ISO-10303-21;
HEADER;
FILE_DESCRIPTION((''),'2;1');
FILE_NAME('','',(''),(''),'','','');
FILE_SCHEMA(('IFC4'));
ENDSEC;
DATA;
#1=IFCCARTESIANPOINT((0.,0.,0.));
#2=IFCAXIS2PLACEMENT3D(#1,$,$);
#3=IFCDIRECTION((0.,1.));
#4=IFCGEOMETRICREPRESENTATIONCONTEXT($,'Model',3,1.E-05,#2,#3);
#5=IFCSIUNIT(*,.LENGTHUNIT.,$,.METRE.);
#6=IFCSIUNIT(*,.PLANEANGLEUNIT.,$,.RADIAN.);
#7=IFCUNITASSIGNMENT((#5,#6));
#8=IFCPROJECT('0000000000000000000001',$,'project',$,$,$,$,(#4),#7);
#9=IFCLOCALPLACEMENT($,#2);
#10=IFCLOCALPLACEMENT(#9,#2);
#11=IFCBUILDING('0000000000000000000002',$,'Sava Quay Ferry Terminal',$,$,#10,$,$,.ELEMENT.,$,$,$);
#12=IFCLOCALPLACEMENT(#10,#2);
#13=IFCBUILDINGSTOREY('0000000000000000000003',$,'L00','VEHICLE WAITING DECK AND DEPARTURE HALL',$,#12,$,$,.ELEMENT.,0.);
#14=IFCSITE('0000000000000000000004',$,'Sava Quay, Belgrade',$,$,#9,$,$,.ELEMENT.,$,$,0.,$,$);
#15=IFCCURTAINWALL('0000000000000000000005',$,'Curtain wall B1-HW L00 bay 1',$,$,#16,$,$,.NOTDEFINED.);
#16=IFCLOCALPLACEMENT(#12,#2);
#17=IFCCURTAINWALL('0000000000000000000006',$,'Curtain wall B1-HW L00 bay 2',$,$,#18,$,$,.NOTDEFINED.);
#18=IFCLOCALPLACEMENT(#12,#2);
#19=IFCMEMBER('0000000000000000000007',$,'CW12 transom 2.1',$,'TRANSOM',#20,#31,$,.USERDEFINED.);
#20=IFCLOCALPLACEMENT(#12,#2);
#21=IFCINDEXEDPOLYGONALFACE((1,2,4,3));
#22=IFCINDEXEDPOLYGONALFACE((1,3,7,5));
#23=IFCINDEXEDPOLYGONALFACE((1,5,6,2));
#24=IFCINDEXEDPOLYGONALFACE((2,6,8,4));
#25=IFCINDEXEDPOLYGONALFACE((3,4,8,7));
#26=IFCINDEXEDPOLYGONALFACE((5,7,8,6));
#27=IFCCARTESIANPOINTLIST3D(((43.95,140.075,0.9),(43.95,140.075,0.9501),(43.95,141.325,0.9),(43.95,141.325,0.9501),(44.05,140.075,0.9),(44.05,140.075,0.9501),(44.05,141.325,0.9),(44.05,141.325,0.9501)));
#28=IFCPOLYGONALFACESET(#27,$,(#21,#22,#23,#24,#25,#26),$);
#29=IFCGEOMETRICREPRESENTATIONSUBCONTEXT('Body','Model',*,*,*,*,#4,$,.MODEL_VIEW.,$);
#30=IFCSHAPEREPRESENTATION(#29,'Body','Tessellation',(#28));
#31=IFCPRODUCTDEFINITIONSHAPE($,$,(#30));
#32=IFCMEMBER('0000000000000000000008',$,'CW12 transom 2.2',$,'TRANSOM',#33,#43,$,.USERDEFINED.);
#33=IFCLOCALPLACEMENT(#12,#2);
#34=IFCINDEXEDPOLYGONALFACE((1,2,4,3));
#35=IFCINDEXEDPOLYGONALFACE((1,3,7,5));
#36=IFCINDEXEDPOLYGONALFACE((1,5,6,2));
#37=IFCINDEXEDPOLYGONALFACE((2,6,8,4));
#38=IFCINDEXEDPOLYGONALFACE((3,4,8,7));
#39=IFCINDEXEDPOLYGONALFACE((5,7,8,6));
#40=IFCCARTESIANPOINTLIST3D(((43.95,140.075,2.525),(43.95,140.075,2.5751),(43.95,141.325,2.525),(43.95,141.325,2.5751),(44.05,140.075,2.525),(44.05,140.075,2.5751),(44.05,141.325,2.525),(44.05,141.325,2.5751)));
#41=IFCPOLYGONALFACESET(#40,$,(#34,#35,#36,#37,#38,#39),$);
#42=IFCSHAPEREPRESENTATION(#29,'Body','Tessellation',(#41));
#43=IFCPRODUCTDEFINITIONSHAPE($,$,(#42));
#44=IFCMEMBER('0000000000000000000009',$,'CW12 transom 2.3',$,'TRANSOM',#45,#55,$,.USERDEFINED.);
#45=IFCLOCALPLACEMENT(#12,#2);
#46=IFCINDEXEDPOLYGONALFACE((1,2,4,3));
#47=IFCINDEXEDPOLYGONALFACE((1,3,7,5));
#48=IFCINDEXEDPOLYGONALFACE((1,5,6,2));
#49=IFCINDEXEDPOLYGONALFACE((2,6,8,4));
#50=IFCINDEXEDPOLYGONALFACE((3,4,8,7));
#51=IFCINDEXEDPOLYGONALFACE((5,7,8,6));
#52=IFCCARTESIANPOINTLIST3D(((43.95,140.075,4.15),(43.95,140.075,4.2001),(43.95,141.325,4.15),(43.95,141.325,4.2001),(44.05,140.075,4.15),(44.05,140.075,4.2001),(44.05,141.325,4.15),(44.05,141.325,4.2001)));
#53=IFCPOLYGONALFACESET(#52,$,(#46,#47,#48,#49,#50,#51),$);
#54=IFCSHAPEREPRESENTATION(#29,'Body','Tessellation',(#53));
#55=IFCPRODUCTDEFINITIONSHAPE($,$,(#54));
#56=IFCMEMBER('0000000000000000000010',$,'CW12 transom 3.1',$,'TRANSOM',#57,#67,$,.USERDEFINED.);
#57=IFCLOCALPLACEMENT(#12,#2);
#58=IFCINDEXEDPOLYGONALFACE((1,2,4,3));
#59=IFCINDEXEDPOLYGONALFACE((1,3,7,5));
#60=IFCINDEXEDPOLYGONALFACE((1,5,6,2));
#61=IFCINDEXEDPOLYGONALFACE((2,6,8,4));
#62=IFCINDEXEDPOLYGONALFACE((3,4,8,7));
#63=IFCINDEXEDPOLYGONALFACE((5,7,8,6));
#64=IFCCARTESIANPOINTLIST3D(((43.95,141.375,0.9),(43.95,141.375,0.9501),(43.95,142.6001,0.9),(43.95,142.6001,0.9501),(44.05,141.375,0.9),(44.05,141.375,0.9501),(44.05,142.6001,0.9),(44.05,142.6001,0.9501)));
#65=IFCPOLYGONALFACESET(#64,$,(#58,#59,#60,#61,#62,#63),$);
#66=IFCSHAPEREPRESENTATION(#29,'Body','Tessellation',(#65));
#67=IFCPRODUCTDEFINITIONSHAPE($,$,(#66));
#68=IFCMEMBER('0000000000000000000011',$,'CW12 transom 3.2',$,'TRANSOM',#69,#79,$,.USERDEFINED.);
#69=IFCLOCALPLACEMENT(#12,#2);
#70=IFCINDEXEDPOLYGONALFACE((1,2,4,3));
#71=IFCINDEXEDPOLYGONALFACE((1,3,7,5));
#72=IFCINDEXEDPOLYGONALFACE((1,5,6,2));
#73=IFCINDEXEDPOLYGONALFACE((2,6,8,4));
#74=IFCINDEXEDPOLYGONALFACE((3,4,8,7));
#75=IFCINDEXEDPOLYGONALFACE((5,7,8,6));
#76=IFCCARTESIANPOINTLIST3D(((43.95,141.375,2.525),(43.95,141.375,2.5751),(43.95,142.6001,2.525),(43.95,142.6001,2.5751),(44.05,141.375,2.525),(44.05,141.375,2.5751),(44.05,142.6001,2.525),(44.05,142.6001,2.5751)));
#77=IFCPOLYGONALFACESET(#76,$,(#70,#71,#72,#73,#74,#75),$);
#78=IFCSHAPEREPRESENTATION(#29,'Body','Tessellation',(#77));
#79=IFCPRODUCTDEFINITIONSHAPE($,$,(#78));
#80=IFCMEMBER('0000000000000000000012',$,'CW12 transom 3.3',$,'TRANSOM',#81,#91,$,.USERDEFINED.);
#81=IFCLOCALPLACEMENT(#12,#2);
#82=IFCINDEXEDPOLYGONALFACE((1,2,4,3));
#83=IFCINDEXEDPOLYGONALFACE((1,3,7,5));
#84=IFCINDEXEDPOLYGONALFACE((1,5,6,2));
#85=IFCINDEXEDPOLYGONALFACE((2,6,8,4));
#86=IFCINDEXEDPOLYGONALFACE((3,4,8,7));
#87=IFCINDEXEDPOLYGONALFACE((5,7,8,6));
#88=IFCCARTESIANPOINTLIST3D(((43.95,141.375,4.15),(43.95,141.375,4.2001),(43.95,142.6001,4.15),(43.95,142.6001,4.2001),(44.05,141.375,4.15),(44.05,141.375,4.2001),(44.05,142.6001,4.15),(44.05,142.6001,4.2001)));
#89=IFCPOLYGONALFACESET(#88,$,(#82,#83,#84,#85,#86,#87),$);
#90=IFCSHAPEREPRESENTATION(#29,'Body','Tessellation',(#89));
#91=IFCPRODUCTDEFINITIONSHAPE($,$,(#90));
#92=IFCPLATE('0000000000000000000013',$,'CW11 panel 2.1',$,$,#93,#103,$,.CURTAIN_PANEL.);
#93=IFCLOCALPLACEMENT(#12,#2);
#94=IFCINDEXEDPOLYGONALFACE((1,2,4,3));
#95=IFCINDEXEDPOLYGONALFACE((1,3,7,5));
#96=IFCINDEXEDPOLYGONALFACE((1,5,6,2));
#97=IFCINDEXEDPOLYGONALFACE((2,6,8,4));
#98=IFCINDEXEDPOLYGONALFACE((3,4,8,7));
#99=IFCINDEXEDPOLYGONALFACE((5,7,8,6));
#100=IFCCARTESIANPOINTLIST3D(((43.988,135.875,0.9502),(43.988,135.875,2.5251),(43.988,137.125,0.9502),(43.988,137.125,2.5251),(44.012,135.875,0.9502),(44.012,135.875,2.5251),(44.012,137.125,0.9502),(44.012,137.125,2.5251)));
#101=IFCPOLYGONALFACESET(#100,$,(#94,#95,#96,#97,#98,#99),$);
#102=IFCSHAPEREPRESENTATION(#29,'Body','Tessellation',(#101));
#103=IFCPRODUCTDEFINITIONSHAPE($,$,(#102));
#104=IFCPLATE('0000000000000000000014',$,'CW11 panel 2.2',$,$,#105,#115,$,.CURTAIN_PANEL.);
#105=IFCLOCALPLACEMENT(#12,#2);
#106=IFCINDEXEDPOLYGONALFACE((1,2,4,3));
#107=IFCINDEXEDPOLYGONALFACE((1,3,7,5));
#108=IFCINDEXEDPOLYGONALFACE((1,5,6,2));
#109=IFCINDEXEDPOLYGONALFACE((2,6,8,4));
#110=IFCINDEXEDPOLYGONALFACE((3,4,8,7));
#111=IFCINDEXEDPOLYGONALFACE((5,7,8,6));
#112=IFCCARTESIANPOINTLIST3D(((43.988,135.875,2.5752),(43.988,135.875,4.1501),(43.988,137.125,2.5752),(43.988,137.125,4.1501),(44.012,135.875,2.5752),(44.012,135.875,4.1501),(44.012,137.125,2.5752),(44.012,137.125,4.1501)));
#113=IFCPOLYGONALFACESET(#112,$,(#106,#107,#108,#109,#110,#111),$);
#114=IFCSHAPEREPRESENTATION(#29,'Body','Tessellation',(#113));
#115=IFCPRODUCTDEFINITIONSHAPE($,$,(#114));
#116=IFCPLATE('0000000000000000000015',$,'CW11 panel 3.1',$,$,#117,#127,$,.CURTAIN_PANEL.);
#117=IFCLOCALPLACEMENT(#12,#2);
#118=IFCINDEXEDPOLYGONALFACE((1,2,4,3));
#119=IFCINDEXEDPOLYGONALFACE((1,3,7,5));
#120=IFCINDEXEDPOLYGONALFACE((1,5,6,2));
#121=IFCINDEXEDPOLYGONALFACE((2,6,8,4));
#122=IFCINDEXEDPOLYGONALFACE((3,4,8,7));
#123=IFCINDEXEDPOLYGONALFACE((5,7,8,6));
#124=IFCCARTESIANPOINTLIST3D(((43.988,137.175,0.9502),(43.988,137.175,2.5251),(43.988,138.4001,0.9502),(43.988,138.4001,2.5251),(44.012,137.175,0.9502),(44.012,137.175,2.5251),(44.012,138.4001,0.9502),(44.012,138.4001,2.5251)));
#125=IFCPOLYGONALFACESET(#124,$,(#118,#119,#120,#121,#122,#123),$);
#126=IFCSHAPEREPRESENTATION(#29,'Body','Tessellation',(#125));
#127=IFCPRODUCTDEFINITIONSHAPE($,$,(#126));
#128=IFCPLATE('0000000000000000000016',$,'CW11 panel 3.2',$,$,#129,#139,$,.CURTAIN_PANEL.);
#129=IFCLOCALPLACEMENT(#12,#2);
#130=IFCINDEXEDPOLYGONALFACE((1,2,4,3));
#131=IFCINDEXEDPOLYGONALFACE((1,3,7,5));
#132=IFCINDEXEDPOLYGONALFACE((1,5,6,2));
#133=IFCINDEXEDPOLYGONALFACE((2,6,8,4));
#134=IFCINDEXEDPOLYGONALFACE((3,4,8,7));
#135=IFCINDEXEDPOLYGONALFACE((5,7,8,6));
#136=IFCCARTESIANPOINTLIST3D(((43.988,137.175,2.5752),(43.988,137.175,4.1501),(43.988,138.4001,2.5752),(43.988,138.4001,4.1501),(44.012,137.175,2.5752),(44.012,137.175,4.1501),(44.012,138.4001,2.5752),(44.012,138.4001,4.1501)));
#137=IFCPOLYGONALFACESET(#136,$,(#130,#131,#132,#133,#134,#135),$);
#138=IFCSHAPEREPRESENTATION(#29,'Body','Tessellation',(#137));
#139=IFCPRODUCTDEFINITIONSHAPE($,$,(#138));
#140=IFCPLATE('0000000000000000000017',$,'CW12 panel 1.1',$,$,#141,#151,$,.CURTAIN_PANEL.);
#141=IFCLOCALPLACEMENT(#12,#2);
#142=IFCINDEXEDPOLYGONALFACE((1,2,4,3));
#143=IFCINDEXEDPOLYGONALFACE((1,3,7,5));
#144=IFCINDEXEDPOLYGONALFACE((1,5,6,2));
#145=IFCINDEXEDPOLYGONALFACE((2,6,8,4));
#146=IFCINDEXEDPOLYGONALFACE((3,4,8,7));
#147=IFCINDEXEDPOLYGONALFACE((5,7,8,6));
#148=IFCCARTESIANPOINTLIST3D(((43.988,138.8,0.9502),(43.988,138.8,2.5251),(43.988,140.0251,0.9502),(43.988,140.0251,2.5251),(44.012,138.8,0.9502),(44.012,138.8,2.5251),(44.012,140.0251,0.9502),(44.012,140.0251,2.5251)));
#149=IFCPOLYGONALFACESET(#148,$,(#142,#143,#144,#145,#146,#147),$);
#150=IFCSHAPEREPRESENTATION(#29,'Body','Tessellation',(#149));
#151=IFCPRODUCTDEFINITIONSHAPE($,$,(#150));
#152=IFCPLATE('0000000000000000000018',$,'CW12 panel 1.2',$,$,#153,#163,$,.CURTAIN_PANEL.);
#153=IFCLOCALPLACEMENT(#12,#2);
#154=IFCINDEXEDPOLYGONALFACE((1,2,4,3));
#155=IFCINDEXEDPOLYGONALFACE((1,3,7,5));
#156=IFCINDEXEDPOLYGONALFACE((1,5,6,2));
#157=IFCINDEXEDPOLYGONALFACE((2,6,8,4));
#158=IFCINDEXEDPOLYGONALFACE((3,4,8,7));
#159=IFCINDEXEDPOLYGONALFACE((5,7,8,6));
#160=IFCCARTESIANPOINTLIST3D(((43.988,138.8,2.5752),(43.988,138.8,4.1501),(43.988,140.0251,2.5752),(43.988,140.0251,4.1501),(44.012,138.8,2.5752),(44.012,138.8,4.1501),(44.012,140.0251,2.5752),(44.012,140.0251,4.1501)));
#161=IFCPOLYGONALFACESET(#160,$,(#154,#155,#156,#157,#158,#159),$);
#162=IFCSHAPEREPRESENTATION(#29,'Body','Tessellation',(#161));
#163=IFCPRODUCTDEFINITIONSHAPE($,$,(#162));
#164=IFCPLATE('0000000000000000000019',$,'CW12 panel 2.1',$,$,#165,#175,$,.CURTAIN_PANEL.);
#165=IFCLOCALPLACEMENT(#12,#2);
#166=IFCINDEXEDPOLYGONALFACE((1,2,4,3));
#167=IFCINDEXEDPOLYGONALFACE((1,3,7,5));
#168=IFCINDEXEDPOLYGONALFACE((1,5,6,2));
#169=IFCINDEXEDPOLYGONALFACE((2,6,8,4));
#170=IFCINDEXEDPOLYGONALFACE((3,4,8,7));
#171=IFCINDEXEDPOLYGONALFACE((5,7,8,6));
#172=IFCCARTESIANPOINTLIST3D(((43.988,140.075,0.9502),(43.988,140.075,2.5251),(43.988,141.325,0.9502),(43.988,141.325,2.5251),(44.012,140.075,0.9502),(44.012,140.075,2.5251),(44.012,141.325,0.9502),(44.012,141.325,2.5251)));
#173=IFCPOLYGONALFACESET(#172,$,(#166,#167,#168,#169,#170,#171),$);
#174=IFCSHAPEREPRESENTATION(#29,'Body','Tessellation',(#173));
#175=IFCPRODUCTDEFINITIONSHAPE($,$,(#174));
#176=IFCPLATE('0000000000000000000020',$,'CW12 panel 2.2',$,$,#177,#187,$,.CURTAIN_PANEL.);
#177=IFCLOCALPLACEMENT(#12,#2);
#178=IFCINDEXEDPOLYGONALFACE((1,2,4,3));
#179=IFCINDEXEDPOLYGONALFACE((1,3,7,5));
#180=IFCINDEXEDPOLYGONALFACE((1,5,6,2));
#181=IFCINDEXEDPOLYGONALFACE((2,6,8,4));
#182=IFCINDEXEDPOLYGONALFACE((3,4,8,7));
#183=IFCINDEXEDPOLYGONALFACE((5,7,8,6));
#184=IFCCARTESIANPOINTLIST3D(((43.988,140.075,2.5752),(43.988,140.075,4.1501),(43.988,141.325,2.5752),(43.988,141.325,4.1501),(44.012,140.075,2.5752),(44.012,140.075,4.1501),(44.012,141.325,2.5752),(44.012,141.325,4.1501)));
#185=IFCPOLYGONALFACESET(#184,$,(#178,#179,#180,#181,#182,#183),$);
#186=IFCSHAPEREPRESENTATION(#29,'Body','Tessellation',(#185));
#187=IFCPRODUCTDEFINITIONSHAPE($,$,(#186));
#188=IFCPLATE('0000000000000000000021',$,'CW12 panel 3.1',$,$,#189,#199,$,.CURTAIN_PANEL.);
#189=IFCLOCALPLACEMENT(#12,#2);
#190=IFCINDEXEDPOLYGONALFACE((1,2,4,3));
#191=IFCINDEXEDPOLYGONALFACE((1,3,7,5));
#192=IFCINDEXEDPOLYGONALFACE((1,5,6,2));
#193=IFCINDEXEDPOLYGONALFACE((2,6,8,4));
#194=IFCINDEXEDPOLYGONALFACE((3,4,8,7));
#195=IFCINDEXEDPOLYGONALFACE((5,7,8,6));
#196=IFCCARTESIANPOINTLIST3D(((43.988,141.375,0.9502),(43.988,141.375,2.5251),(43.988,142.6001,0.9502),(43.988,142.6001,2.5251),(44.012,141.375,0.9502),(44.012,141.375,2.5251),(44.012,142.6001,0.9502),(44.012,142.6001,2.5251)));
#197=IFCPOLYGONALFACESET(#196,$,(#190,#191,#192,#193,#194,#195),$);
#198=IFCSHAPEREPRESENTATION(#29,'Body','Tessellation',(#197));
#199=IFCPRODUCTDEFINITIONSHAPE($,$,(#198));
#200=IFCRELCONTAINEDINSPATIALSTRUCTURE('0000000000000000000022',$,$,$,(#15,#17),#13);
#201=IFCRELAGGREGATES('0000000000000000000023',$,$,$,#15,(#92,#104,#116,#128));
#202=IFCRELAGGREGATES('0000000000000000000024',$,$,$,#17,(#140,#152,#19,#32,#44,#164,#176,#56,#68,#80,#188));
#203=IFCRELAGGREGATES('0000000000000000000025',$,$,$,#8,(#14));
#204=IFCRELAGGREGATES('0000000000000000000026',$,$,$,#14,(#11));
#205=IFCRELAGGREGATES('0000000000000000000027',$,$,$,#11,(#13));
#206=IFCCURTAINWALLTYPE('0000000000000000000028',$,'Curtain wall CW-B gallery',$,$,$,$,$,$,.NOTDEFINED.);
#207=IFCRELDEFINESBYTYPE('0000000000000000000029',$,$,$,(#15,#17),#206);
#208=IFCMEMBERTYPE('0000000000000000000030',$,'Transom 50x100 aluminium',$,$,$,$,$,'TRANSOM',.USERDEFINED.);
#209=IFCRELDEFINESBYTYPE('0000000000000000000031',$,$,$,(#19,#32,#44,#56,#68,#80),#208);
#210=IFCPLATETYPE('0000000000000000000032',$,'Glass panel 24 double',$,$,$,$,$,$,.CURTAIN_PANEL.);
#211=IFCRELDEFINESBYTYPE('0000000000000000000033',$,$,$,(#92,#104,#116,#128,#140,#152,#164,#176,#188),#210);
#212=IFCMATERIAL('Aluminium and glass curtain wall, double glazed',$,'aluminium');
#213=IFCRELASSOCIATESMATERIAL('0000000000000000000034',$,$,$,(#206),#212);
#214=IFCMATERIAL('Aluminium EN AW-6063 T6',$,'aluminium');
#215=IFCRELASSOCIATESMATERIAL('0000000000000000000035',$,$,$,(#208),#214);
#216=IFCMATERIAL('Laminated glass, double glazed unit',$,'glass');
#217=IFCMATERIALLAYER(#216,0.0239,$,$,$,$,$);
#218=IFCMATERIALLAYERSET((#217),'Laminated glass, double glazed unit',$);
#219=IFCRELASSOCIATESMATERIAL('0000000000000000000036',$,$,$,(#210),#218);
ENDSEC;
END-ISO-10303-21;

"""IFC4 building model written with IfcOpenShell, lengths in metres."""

from ifc_helpers import new_model, si_unit, direction, frame, origin, origin_2d, place, context, subcontext, project, spatial, rectangle, extrude, material, layer, layer_set, material_profile, profile_set, type_object, element, aggregate, save


model = new_model("IFC4")

# Units and contexts
model_context = context("Model", 3, precision=1e-05, world=origin(), true_north=direction((0.0, 1.0)))
body_context = subcontext(model_context, "Body", "Model", "MODEL_VIEW")
ifc_project = project(units=[si_unit("LENGTHUNIT", "METRE"), si_unit("PLANEANGLEUNIT", "RADIAN")], contexts=[model_context])

# Site, building, storey
site_placement = place(None, origin())
site = spatial("IfcSite", under=ifc_project, at=site_placement, Name="Sava Quay, Belgrade", CompositionType="ELEMENT", RefElevation=0.0)
building_placement = place(site_placement, origin())
building = spatial("IfcBuilding", under=site, at=building_placement, Name="Sava Quay Ferry Terminal", CompositionType="ELEMENT")
storey_placement = place(building_placement, origin())
storey = spatial("IfcBuildingStorey", under=building, at=storey_placement, Name="L00", Description="VEHICLE WAITING DECK AND DEPARTURE HALL", CompositionType="ELEMENT", Elevation=0.0)

# Curtain walls
ifc_material_1 = material(Name="Aluminium and glass curtain wall, double glazed", Category="aluminium")
curtain_wall_type = type_object("IfcCurtainWallType", Name="Curtain wall CW-B gallery", PredefinedType="NOTDEFINED", material=ifc_material_1)
curtain_wall_1_placement = place(storey_placement, origin())
curtain_wall_1 = element("IfcCurtainWall", 1, at=curtain_wall_1_placement, inside=storey, type_object=curtain_wall_type, Name="Curtain wall B1-HW L00 bay 1", PredefinedType="NOTDEFINED")
curtain_wall_2_placement = place(storey_placement, origin())
curtain_wall_2 = element("IfcCurtainWall", 2, at=curtain_wall_2_placement, inside=storey, type_object=curtain_wall_type, Name="Curtain wall B1-HW L00 bay 2", PredefinedType="NOTDEFINED")

# Members
ifc_material_2 = material(Name="Aluminium EN AW-6063 T6", Category="aluminium")
ifc_material_profile_1 = material_profile(ifc_material_2, rectangle(XDim=0.1001, YDim=0.05, at=origin_2d()), Name="Transom 50x100 aluminium")
ifc_profile_set_1 = profile_set([ifc_material_profile_1], Name="Aluminium EN AW-6063 T6")
member_type_1 = type_object("IfcMemberType", Name="Transom 50x100 aluminium", ElementType="TRANSOM", PredefinedType="USERDEFINED", material=ifc_profile_set_1)
member_1_placement = place(storey_placement, frame((44.0, 140.075, 0.925), z_axis=(0.0, 1.0, 0.0), x_axis=(-1.0, 0.0, 0.0)))
member_1 = element("IfcMember", 3, at=member_1_placement, type_object=member_type_1, Name="CW12 transom 2.1", ObjectType="TRANSOM", PredefinedType="USERDEFINED", context=body_context, shape_type="SweptSolid", body=[
    extrude(rectangle(XDim=0.1001, YDim=0.05, at=origin_2d()), origin(), (0.0, 0.0, 1.0), 1.25),
])
member_2_placement = place(storey_placement, frame((44.0, 140.075, 2.55), z_axis=(0.0, 1.0, 0.0), x_axis=(-1.0, 0.0, 0.0)))
member_2 = element("IfcMember", 4, at=member_2_placement, type_object=member_type_1, Name="CW12 transom 2.2", ObjectType="TRANSOM", PredefinedType="USERDEFINED", context=body_context, shape_type="SweptSolid", body=[
    extrude(rectangle(XDim=0.1001, YDim=0.05, at=origin_2d()), origin(), (0.0, 0.0, 1.0), 1.25),
])
member_3_placement = place(storey_placement, frame((44.0, 140.075, 4.175), z_axis=(0.0, 1.0, 0.0), x_axis=(-1.0, 0.0, 0.0)))
member_3 = element("IfcMember", 5, at=member_3_placement, type_object=member_type_1, Name="CW12 transom 2.3", ObjectType="TRANSOM", PredefinedType="USERDEFINED", context=body_context, shape_type="SweptSolid", body=[
    extrude(rectangle(XDim=0.1001, YDim=0.05, at=origin_2d()), origin(), (0.0, 0.0, 1.0), 1.25),
])
member_4_placement = place(storey_placement, frame((44.0, 141.375, 0.925), z_axis=(0.0, 1.0, 0.0), x_axis=(-1.0, 0.0, 0.0)))
member_4 = element("IfcMember", 6, at=member_4_placement, type_object=member_type_1, Name="CW12 transom 3.1", ObjectType="TRANSOM", PredefinedType="USERDEFINED", context=body_context, shape_type="SweptSolid", body=[
    extrude(rectangle(XDim=0.1001, YDim=0.05, at=origin_2d()), origin(), (0.0, 0.0, 1.0), 1.2251),
])
member_5_placement = place(storey_placement, frame((44.0, 141.375, 2.55), z_axis=(0.0, 1.0, 0.0), x_axis=(-1.0, 0.0, 0.0)))
member_5 = element("IfcMember", 7, at=member_5_placement, type_object=member_type_1, Name="CW12 transom 3.2", ObjectType="TRANSOM", PredefinedType="USERDEFINED", context=body_context, shape_type="SweptSolid", body=[
    extrude(rectangle(XDim=0.1001, YDim=0.05, at=origin_2d()), origin(), (0.0, 0.0, 1.0), 1.2251),
])
member_6_placement = place(storey_placement, frame((44.0, 141.375, 4.175), z_axis=(0.0, 1.0, 0.0), x_axis=(-1.0, 0.0, 0.0)))
member_6 = element("IfcMember", 8, at=member_6_placement, type_object=member_type_1, Name="CW12 transom 3.3", ObjectType="TRANSOM", PredefinedType="USERDEFINED", context=body_context, shape_type="SweptSolid", body=[
    extrude(rectangle(XDim=0.1001, YDim=0.05, at=origin_2d()), origin(), (0.0, 0.0, 1.0), 1.2251),
])

# Plates
ifc_material_3 = material(Name="Laminated glass, double glazed unit", Category="glass")
ifc_layer_1 = layer(ifc_material_3, 0.0239)
ifc_layer_set_1 = layer_set([ifc_layer_1], Name="Laminated glass, double glazed unit")
plate_type = type_object("IfcPlateType", Name="Glass panel 24 double", PredefinedType="CURTAIN_PANEL", material=ifc_layer_set_1)
plate_1_placement = place(storey_placement, frame((44.0, 136.5, 0.9502), z_axis=(0.0, 0.0, 1.0), x_axis=(0.0, 1.0, 0.0)))
plate_1 = element("IfcPlate", 9, at=plate_1_placement, type_object=plate_type, Name="CW11 panel 2.1", PredefinedType="CURTAIN_PANEL", context=body_context, shape_type="SweptSolid", body=[
    extrude(rectangle(XDim=1.25, YDim=0.0239, at=origin_2d()), origin(), (0.0, 0.0, 1.0), 1.575),
])
plate_2_placement = place(storey_placement, frame((44.0, 136.5, 2.5752), z_axis=(0.0, 0.0, 1.0), x_axis=(0.0, 1.0, 0.0)))
plate_2 = element("IfcPlate", 10, at=plate_2_placement, type_object=plate_type, Name="CW11 panel 2.2", PredefinedType="CURTAIN_PANEL", context=body_context, shape_type="SweptSolid", body=[
    extrude(rectangle(XDim=1.25, YDim=0.0239, at=origin_2d()), origin(), (0.0, 0.0, 1.0), 1.575),
])
plate_3_placement = place(storey_placement, frame((44.0, 137.7876, 0.9502), z_axis=(0.0, 0.0, 1.0), x_axis=(0.0, 1.0, 0.0)))
plate_3 = element("IfcPlate", 11, at=plate_3_placement, type_object=plate_type, Name="CW11 panel 3.1", PredefinedType="CURTAIN_PANEL", context=body_context, shape_type="SweptSolid", body=[
    extrude(rectangle(XDim=1.2251, YDim=0.0239, at=origin_2d()), origin(), (0.0, 0.0, 1.0), 1.575),
])
plate_4_placement = place(storey_placement, frame((44.0, 137.7876, 2.5752), z_axis=(0.0, 0.0, 1.0), x_axis=(0.0, 1.0, 0.0)))
plate_4 = element("IfcPlate", 12, at=plate_4_placement, type_object=plate_type, Name="CW11 panel 3.2", PredefinedType="CURTAIN_PANEL", context=body_context, shape_type="SweptSolid", body=[
    extrude(rectangle(XDim=1.2251, YDim=0.0239, at=origin_2d()), origin(), (0.0, 0.0, 1.0), 1.575),
])
aggregate(curtain_wall_1, [plate_1, plate_2, plate_3, plate_4])
plate_5_placement = place(storey_placement, frame((44.0, 139.4126, 0.9502), z_axis=(0.0, 0.0, 1.0), x_axis=(0.0, 1.0, 0.0)))
plate_5 = element("IfcPlate", 13, at=plate_5_placement, type_object=plate_type, Name="CW12 panel 1.1", PredefinedType="CURTAIN_PANEL", context=body_context, shape_type="SweptSolid", body=[
    extrude(rectangle(XDim=1.2251, YDim=0.0239, at=origin_2d()), origin(), (0.0, 0.0, 1.0), 1.575),
])
plate_6_placement = place(storey_placement, frame((44.0, 139.4126, 2.5752), z_axis=(0.0, 0.0, 1.0), x_axis=(0.0, 1.0, 0.0)))
plate_6 = element("IfcPlate", 14, at=plate_6_placement, type_object=plate_type, Name="CW12 panel 1.2", PredefinedType="CURTAIN_PANEL", context=body_context, shape_type="SweptSolid", body=[
    extrude(rectangle(XDim=1.2251, YDim=0.0239, at=origin_2d()), origin(), (0.0, 0.0, 1.0), 1.575),
])
plate_7_placement = place(storey_placement, frame((44.0, 140.7, 0.9502), z_axis=(0.0, 0.0, 1.0), x_axis=(0.0, 1.0, 0.0)))
plate_7 = element("IfcPlate", 15, at=plate_7_placement, type_object=plate_type, Name="CW12 panel 2.1", PredefinedType="CURTAIN_PANEL", context=body_context, shape_type="SweptSolid", body=[
    extrude(rectangle(XDim=1.25, YDim=0.0239, at=origin_2d()), origin(), (0.0, 0.0, 1.0), 1.575),
])
plate_8_placement = place(storey_placement, frame((44.0, 140.7, 2.5752), z_axis=(0.0, 0.0, 1.0), x_axis=(0.0, 1.0, 0.0)))
plate_8 = element("IfcPlate", 16, at=plate_8_placement, type_object=plate_type, Name="CW12 panel 2.2", PredefinedType="CURTAIN_PANEL", context=body_context, shape_type="SweptSolid", body=[
    extrude(rectangle(XDim=1.25, YDim=0.0239, at=origin_2d()), origin(), (0.0, 0.0, 1.0), 1.575),
])
plate_9_placement = place(storey_placement, frame((44.0, 141.9875, 0.9502), z_axis=(0.0, 0.0, 1.0), x_axis=(0.0, 1.0, 0.0)))
plate_9 = element("IfcPlate", 17, at=plate_9_placement, type_object=plate_type, Name="CW12 panel 3.1", PredefinedType="CURTAIN_PANEL", context=body_context, shape_type="SweptSolid", body=[
    extrude(rectangle(XDim=1.2251, YDim=0.0239, at=origin_2d()), origin(), (0.0, 0.0, 1.0), 1.575),
])
aggregate(curtain_wall_2, [plate_5, plate_6, member_1, member_2, member_3, plate_7, plate_8, member_4, member_5, member_6, plate_9])

save(model, "model.ifc")
